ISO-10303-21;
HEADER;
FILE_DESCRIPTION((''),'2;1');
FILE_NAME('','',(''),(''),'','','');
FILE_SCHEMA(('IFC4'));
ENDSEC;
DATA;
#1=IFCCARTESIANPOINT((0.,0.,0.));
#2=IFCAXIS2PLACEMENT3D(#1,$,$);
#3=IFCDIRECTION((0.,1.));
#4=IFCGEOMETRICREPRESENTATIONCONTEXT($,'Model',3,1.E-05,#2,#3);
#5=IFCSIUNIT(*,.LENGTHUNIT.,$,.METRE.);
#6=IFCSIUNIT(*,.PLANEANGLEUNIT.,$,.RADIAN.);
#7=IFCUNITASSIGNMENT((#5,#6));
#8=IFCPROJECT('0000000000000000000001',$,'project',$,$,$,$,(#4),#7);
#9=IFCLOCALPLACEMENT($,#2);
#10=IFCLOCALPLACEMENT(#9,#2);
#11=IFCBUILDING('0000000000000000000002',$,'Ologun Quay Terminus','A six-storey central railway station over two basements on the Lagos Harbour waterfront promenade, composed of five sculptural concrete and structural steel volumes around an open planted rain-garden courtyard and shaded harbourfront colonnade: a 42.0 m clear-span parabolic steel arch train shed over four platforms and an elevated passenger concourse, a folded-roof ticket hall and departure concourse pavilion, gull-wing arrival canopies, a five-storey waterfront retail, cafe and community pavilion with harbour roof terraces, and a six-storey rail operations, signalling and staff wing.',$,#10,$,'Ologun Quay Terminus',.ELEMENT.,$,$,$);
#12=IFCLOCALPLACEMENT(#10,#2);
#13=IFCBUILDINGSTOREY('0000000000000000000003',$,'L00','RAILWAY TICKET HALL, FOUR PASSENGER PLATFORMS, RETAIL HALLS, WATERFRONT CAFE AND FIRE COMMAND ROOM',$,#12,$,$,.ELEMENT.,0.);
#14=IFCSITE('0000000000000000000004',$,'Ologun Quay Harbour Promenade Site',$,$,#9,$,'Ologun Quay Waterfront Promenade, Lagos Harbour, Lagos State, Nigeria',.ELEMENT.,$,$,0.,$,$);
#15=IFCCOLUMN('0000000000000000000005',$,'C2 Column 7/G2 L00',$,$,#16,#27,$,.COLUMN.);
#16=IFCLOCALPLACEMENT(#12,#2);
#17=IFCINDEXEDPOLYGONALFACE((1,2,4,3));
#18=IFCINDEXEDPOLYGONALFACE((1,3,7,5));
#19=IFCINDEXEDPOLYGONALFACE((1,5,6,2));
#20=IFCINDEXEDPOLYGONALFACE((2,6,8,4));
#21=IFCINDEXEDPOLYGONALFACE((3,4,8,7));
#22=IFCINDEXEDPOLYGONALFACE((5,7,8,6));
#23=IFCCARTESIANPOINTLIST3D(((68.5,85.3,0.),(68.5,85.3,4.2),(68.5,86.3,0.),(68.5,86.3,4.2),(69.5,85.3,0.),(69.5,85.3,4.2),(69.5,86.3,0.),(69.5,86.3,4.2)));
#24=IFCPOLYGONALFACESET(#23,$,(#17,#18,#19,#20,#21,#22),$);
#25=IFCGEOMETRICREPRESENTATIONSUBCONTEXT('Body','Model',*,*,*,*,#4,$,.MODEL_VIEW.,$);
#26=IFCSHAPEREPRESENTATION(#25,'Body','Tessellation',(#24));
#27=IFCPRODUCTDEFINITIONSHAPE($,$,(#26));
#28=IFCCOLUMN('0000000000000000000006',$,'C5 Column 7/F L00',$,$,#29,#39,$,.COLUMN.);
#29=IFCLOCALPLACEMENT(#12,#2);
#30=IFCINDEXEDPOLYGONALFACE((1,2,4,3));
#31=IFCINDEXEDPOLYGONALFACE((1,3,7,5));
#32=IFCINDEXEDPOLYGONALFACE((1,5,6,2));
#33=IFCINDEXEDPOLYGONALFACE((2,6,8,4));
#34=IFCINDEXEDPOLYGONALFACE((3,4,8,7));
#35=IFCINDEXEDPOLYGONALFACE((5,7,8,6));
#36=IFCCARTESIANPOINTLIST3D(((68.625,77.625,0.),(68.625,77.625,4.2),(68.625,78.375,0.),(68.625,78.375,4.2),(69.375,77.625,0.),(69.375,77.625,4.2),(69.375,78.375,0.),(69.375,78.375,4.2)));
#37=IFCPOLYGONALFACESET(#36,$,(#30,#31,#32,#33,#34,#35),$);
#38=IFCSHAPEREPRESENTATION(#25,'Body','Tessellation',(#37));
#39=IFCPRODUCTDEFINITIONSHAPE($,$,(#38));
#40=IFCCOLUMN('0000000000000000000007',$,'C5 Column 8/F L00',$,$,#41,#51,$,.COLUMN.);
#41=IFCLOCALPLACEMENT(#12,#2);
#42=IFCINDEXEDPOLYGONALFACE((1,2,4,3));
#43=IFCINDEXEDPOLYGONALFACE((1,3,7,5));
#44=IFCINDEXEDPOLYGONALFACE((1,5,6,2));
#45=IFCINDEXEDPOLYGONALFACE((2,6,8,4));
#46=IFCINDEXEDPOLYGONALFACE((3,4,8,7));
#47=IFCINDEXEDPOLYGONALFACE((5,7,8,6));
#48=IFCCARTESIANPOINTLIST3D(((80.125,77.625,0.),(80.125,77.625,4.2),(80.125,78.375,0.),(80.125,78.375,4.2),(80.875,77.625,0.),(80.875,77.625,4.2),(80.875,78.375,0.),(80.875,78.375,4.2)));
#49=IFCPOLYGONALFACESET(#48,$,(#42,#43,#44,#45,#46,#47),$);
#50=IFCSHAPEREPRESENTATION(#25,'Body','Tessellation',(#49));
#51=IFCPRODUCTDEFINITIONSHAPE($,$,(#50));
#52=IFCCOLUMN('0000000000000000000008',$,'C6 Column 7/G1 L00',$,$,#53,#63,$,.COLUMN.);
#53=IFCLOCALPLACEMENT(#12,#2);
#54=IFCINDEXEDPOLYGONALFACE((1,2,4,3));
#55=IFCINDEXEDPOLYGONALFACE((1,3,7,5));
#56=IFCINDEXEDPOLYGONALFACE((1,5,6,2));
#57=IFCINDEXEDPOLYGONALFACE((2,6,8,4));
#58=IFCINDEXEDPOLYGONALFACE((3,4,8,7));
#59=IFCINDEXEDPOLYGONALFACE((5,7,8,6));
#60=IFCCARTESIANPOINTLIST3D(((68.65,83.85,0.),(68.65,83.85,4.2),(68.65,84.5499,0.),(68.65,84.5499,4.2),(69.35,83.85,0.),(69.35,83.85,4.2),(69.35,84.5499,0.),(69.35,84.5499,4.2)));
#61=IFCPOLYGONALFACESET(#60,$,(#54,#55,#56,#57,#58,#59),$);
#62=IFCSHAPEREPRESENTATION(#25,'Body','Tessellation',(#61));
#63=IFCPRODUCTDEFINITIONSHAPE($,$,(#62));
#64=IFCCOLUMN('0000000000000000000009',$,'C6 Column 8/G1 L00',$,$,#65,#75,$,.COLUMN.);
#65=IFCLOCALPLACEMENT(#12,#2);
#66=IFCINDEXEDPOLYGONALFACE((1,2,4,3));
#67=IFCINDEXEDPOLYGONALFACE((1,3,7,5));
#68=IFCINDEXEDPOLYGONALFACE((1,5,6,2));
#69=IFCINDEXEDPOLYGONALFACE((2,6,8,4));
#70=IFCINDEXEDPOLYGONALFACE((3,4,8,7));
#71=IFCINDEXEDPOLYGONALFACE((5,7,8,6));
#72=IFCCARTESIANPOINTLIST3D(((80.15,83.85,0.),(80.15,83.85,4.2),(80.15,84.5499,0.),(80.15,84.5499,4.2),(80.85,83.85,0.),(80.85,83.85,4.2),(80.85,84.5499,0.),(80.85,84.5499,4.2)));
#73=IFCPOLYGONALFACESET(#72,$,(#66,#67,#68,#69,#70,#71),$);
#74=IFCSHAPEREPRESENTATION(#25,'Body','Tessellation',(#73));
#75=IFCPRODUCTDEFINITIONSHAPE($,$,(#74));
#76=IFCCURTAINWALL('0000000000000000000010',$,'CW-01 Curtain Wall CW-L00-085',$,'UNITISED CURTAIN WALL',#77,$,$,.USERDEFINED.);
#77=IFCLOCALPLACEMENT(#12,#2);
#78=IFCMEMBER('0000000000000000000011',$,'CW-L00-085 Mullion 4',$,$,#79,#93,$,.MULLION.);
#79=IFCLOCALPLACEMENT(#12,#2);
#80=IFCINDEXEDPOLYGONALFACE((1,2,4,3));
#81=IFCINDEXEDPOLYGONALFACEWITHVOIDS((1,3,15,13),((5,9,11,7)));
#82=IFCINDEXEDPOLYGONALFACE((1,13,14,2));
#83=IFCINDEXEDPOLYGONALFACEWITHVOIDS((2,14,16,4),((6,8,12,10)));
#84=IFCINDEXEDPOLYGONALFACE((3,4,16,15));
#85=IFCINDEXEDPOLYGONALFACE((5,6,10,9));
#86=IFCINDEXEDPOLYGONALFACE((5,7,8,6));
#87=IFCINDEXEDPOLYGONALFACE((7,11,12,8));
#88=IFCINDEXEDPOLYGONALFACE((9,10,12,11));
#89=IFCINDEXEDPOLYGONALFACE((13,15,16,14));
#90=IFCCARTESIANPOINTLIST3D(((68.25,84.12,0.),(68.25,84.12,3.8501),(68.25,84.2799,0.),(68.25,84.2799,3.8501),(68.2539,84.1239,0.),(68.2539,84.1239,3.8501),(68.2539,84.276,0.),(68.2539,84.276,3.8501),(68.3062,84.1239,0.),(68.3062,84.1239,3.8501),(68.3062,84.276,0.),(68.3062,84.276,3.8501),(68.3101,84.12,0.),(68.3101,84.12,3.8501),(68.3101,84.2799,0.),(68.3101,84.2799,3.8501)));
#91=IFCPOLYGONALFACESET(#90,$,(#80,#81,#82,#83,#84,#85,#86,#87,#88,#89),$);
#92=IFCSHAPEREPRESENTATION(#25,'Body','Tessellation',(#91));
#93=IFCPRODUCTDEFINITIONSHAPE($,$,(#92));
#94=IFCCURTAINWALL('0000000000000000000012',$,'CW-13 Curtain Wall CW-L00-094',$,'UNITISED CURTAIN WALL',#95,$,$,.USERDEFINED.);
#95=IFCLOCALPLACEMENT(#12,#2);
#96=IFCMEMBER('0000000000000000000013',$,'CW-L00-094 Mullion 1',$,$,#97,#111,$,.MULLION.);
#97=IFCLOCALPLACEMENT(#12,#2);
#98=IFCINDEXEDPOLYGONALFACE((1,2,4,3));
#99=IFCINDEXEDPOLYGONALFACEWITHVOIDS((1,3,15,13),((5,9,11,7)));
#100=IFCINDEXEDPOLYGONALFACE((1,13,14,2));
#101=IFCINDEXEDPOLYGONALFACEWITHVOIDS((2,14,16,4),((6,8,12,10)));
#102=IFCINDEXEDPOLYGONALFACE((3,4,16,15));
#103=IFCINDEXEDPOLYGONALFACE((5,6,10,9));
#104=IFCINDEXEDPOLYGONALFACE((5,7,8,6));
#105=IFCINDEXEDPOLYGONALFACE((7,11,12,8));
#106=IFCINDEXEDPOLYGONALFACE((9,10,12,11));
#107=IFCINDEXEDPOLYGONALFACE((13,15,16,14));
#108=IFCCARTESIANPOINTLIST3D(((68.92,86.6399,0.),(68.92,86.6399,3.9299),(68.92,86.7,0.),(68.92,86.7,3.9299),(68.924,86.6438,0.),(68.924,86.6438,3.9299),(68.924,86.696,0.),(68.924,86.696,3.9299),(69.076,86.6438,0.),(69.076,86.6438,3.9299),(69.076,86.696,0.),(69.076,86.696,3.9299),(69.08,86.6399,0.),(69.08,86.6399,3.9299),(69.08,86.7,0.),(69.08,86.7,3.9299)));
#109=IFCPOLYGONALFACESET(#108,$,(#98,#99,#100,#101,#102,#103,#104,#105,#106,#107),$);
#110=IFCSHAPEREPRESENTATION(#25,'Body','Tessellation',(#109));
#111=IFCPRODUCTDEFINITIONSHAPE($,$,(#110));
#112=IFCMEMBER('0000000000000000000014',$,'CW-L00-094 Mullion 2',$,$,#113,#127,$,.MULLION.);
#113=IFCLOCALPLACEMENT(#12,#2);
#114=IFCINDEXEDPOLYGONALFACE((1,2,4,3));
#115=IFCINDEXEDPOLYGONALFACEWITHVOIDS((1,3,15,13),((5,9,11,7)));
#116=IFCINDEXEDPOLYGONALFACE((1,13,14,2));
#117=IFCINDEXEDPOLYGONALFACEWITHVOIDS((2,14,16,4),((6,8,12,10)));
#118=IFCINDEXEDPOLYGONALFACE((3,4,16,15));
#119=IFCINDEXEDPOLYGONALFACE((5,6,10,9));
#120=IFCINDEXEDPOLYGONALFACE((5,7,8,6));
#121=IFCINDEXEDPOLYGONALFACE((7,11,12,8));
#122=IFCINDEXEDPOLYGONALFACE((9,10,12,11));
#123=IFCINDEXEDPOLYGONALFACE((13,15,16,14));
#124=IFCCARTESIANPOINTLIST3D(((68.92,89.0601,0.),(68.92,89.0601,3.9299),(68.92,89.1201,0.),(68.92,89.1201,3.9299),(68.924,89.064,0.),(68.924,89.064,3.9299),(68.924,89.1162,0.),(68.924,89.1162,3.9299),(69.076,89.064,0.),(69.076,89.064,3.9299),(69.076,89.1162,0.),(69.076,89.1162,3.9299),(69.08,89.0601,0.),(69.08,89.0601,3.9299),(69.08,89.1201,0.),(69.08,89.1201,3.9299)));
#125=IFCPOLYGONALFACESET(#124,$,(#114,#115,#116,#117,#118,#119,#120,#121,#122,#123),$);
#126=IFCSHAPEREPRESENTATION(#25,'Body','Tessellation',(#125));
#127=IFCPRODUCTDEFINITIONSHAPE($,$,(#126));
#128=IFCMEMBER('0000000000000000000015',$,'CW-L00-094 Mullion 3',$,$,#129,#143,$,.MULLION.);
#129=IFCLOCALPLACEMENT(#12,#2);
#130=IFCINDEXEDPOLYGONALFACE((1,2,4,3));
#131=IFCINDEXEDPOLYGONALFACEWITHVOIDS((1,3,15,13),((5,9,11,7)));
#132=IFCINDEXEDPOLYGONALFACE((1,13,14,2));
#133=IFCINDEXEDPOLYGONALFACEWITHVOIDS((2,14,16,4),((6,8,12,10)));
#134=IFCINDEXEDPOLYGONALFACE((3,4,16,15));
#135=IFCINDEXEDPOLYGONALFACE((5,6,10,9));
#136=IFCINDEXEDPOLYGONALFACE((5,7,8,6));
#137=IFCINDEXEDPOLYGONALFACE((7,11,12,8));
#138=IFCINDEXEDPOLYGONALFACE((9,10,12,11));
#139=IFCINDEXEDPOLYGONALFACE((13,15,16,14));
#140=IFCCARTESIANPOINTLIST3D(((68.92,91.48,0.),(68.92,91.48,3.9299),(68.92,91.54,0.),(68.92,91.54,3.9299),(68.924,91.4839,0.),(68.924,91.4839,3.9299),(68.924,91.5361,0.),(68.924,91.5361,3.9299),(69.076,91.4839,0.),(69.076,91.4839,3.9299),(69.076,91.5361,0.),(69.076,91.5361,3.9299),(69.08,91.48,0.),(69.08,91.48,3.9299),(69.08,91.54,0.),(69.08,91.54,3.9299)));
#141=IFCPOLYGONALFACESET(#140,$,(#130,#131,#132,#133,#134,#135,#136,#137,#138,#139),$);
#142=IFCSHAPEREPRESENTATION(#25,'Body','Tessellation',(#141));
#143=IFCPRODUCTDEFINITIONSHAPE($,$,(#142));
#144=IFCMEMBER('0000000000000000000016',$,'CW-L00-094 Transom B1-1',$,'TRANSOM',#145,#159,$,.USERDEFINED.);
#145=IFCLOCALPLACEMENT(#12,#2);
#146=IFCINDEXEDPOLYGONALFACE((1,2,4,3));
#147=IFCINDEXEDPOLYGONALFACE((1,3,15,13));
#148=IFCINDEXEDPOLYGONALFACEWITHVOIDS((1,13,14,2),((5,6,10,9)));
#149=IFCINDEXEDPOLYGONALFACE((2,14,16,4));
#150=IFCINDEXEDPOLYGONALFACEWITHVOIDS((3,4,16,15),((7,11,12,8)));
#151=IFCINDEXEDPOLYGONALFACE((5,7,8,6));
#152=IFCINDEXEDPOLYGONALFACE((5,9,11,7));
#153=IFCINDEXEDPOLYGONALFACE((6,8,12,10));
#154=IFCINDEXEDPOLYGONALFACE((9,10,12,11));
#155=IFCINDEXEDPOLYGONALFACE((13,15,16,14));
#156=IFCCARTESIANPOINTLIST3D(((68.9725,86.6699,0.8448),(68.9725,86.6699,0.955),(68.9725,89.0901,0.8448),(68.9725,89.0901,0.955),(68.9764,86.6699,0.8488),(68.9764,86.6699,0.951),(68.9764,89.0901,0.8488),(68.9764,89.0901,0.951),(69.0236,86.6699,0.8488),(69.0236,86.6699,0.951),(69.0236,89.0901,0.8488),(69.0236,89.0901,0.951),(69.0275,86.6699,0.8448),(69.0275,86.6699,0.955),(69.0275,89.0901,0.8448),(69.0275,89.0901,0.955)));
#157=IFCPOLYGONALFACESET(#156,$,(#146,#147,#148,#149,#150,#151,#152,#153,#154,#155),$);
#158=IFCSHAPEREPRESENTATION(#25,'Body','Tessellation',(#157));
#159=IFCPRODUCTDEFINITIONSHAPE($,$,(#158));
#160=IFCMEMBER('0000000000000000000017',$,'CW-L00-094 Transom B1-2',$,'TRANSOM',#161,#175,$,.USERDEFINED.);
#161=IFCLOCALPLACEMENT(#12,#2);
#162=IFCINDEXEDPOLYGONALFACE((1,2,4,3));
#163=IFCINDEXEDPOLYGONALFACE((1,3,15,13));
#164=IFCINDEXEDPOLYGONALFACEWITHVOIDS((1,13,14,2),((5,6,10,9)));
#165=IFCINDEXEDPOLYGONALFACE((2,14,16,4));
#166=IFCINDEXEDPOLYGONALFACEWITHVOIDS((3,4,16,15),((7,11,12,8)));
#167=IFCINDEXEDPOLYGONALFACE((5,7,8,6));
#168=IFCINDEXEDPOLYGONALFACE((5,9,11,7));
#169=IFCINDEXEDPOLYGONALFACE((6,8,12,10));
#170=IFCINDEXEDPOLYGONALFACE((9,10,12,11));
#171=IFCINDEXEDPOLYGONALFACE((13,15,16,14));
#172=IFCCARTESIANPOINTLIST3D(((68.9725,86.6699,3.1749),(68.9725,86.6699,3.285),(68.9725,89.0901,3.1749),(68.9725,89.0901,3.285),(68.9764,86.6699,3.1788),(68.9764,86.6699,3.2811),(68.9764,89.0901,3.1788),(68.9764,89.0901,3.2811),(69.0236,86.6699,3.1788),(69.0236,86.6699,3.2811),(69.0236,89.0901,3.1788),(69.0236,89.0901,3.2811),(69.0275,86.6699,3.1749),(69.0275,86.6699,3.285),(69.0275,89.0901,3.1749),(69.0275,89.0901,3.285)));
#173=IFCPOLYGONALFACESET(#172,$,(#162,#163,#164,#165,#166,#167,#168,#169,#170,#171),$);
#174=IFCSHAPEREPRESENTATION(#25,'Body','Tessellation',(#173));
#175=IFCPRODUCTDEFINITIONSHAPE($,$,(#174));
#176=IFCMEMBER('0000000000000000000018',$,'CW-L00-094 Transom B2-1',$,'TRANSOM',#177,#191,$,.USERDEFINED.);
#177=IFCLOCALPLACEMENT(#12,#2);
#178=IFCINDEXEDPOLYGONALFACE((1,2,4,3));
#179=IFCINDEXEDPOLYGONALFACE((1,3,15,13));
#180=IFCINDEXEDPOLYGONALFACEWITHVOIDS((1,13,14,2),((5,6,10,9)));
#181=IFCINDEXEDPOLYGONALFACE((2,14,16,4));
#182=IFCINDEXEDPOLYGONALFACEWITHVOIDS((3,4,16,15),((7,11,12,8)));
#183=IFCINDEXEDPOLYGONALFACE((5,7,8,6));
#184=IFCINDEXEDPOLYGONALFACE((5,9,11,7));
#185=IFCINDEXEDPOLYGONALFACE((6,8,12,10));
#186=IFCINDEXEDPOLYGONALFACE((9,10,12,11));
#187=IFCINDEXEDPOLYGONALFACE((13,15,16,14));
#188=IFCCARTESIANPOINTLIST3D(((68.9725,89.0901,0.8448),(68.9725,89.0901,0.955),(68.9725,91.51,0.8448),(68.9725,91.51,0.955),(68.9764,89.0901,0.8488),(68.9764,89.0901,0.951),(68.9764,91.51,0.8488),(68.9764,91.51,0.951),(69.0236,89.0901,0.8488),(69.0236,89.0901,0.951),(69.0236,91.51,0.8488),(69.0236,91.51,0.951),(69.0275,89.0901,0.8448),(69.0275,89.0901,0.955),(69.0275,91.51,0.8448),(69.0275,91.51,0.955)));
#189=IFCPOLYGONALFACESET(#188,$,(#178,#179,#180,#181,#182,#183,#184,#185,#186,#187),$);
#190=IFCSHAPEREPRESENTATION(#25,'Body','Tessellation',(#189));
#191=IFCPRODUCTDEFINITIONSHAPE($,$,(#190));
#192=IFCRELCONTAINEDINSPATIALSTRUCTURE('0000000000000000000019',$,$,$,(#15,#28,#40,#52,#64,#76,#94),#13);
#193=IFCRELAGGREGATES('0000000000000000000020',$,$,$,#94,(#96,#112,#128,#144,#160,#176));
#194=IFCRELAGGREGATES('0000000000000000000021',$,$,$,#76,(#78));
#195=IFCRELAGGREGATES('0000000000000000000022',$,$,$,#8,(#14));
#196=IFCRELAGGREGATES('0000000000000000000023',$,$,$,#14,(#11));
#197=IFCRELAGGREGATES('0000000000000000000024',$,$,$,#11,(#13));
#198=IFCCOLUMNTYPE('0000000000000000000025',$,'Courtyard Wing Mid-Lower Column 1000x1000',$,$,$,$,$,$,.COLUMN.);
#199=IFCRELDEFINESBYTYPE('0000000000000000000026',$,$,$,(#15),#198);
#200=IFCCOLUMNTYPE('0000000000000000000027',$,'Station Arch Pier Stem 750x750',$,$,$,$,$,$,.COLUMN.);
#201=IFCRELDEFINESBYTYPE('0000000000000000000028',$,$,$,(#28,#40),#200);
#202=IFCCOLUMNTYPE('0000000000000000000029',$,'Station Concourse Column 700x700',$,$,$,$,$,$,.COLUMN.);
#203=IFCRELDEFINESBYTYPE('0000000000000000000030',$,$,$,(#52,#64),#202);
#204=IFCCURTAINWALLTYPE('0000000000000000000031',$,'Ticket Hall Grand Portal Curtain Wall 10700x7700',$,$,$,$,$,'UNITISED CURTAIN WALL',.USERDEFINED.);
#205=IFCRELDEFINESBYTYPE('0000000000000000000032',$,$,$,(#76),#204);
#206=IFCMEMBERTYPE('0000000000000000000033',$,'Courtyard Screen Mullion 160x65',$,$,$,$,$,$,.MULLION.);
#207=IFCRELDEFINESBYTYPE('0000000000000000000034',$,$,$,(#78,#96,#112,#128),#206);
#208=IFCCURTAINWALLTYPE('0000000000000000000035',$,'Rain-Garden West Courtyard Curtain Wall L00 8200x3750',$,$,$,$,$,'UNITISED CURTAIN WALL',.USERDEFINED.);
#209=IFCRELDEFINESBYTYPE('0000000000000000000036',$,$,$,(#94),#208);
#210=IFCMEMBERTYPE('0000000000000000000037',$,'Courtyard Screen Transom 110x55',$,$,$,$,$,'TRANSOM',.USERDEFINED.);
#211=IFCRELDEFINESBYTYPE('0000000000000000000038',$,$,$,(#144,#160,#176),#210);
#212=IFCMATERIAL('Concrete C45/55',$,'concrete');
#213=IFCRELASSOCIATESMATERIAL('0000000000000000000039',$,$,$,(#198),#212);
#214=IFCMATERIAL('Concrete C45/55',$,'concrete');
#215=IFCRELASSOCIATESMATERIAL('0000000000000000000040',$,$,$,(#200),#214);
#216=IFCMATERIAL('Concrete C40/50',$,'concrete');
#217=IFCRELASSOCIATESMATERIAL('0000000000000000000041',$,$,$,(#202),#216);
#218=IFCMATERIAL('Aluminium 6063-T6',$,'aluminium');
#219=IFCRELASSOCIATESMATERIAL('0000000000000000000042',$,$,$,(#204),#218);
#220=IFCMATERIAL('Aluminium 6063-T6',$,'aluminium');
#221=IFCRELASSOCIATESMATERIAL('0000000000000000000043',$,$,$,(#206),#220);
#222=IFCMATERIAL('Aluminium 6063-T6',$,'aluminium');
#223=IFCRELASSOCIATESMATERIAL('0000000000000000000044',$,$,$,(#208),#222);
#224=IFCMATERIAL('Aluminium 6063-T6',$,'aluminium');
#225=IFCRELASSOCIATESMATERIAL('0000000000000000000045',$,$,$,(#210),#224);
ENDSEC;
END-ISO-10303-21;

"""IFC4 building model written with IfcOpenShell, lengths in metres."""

from ifc_helpers import new_model, si_unit, direction, frame, origin, origin_2d, place, context, subcontext, project, spatial, rectangle, hollow_rectangle, extrude, material, material_profile, profile_set, type_object, element, aggregate, save


model = new_model("IFC4")

# Units and contexts
model_context = context("Model", 3, precision=1e-05, world=origin(), true_north=direction((0.0, 1.0)))
body_context = subcontext(model_context, "Body", "Model", "MODEL_VIEW")
ifc_project = project(units=[si_unit("LENGTHUNIT", "METRE"), si_unit("PLANEANGLEUNIT", "RADIAN")], contexts=[model_context])

# Site, building, storey
site_placement = place(None, origin())
site = spatial("IfcSite", under=ifc_project, at=site_placement, Name="Ologun Quay Harbour Promenade Site", LongName="Ologun Quay Waterfront Promenade, Lagos Harbour, Lagos State, Nigeria", CompositionType="ELEMENT", RefElevation=0.0)
building_placement = place(site_placement, origin())
building = spatial("IfcBuilding", under=site, at=building_placement, Name="Ologun Quay Terminus", Description="A six-storey central railway station over two basements on the Lagos Harbour waterfront promenade, composed of five sculptural concrete and structural steel volumes around an open planted rain-garden courtyard and shaded harbourfront colonnade: a 42.0 m clear-span parabolic steel arch train shed over four platforms and an elevated passenger concourse, a folded-roof ticket hall and departure concourse pavilion, gull-wing arrival canopies, a five-storey waterfront retail, cafe and community pavilion with harbour roof terraces, and a six-storey rail operations, signalling and staff wing.", LongName="Ologun Quay Terminus", CompositionType="ELEMENT")
storey_placement = place(building_placement, origin())
storey = spatial("IfcBuildingStorey", under=building, at=storey_placement, Name="L00", Description="RAILWAY TICKET HALL, FOUR PASSENGER PLATFORMS, RETAIL HALLS, WATERFRONT CAFE AND FIRE COMMAND ROOM", CompositionType="ELEMENT", Elevation=0.0)

# Columns
ifc_material_1 = material(Name="Concrete C45/55", Category="concrete")
ifc_material_profile_1 = material_profile(ifc_material_1, rectangle(XDim=1.0, YDim=1.0, at=origin_2d()), Name="RC 1000x1000")
ifc_profile_set_1 = profile_set([ifc_material_profile_1], Name="Concrete C45/55")
column_type_1 = type_object("IfcColumnType", Name="Courtyard Wing Mid-Lower Column 1000x1000", PredefinedType="COLUMN", material=ifc_profile_set_1)
column_placement = place(storey_placement, frame((69.0, 85.8, 0.0), z_axis=(0.0, 0.0, 1.0), x_axis=(1.0, 0.0, 0.0)))
element("IfcColumn", 1, at=column_placement, inside=storey, type_object=column_type_1, Name="C2 Column 7/G2 L00", PredefinedType="COLUMN", context=body_context, shape_type="SweptSolid", body=[
    extrude(rectangle(XDim=1.0, YDim=1.0, at=origin_2d()), origin(), (0.0, 0.0, 1.0), 4.2),
])
ifc_material_2 = material(Name="Concrete C45/55", Category="concrete")
ifc_material_profile_2 = material_profile(ifc_material_2, rectangle(XDim=0.75, YDim=0.75, at=origin_2d()), Name="RC 750x750")
ifc_profile_set_2 = profile_set([ifc_material_profile_2], Name="Concrete C45/55")
column_type_2 = type_object("IfcColumnType", Name="Station Arch Pier Stem 750x750", PredefinedType="COLUMN", material=ifc_profile_set_2)
for number, where, z_axis, x_axis, name in (
    (2, (69.0, 78.0, 0.0), (0.0, 0.0, 1.0), (1.0, 0.0, 0.0), "C5 Column 7/F L00"),
    (3, (80.5, 78.0, 0.0), (0.0, 0.0, 1.0), (1.0, 0.0, 0.0), "C5 Column 8/F L00"),
):
    element("IfcColumn", number, at=place(storey_placement, frame(where, z_axis=z_axis, x_axis=x_axis)), inside=storey, type_object=column_type_2, Name=name, PredefinedType="COLUMN", context=body_context, shape_type="SweptSolid", body=[
        extrude(rectangle(XDim=0.75, YDim=0.75, at=origin_2d()), origin(), (0.0, 0.0, 1.0), 4.2),
    ])
ifc_material_3 = material(Name="Concrete C40/50", Category="concrete")
ifc_material_profile_3 = material_profile(ifc_material_3, rectangle(XDim=0.7, YDim=0.7, at=origin_2d()), Name="RC 700x700")
ifc_profile_set_3 = profile_set([ifc_material_profile_3], Name="Concrete C40/50")
column_type_3 = type_object("IfcColumnType", Name="Station Concourse Column 700x700", PredefinedType="COLUMN", material=ifc_profile_set_3)
for number, where, z_axis, x_axis, name in (
    (4, (69.0, 84.2, 0.0), (0.0, 0.0, 1.0), (1.0, 0.0, 0.0), "C6 Column 7/G1 L00"),
    (5, (80.5, 84.2, 0.0), (0.0, 0.0, 1.0), (1.0, 0.0, 0.0), "C6 Column 8/G1 L00"),
):
    element("IfcColumn", number, at=place(storey_placement, frame(where, z_axis=z_axis, x_axis=x_axis)), inside=storey, type_object=column_type_3, Name=name, PredefinedType="COLUMN", context=body_context, shape_type="SweptSolid", body=[
        extrude(rectangle(XDim=0.7, YDim=0.7, at=origin_2d()), origin(), (0.0, 0.0, 1.0), 4.2),
    ])

# Curtain wall, member
ifc_material_4 = material(Name="Aluminium 6063-T6", Category="aluminium")
curtain_wall_type_1 = type_object("IfcCurtainWallType", Name="Ticket Hall Grand Portal Curtain Wall 10700x7700", ElementType="UNITISED CURTAIN WALL", PredefinedType="USERDEFINED", material=ifc_material_4)
curtain_wall_1_placement = place(storey_placement, origin())
curtain_wall_1 = element("IfcCurtainWall", 6, at=curtain_wall_1_placement, inside=storey, type_object=curtain_wall_type_1, Name="CW-01 Curtain Wall CW-L00-085", ObjectType="UNITISED CURTAIN WALL", PredefinedType="USERDEFINED")
ifc_material_5 = material(Name="Aluminium 6063-T6", Category="aluminium")
ifc_material_profile_4 = material_profile(ifc_material_5, hollow_rectangle(XDim=0.0601, YDim=0.1599, WallThickness=0.0039, at=origin_2d()), Name="ALU 160x60x4")
ifc_profile_set_4 = profile_set([ifc_material_profile_4], Name="Aluminium 6063-T6")
member_type_1 = type_object("IfcMemberType", Name="Courtyard Screen Mullion 160x65", PredefinedType="MULLION", material=ifc_profile_set_4)
member_1_placement = place(storey_placement, frame((68.28, 84.2, 0.0), z_axis=(0.0, 0.0, 1.0), x_axis=(1.0, 0.0, 0.0)))
member_1 = element("IfcMember", 7, at=member_1_placement, type_object=member_type_1, Name="CW-L00-085 Mullion 4", PredefinedType="MULLION", context=body_context, shape_type="SweptSolid", body=[
    extrude(hollow_rectangle(XDim=0.0601, YDim=0.1599, WallThickness=0.0039, at=origin_2d()), origin(), (0.0, 0.0, 1.0), 3.8501),
])

# Curtain wall, members
ifc_material_6 = material(Name="Aluminium 6063-T6", Category="aluminium")
curtain_wall_type_2 = type_object("IfcCurtainWallType", Name="Rain-Garden West Courtyard Curtain Wall L00 8200x3750", ElementType="UNITISED CURTAIN WALL", PredefinedType="USERDEFINED", material=ifc_material_6)
curtain_wall_2_placement = place(storey_placement, origin())
curtain_wall_2 = element("IfcCurtainWall", 8, at=curtain_wall_2_placement, inside=storey, type_object=curtain_wall_type_2, Name="CW-13 Curtain Wall CW-L00-094", ObjectType="UNITISED CURTAIN WALL", PredefinedType="USERDEFINED")
member_2_placement = place(storey_placement, frame((69.0, 86.6699, 0.0), z_axis=(0.0, 0.0, 1.0), x_axis=(0.0, 1.0, 0.0)))
member_2 = element("IfcMember", 9, at=member_2_placement, type_object=member_type_1, Name="CW-L00-094 Mullion 1", PredefinedType="MULLION", context=body_context, shape_type="SweptSolid", body=[
    extrude(hollow_rectangle(XDim=0.0601, YDim=0.1599, WallThickness=0.0039, at=origin_2d()), origin(), (0.0, 0.0, 1.0), 3.9299),
])
member_3_placement = place(storey_placement, frame((69.0, 89.0901, 0.0), z_axis=(0.0, 0.0, 1.0), x_axis=(0.0, 1.0, 0.0)))
member_3 = element("IfcMember", 10, at=member_3_placement, type_object=member_type_1, Name="CW-L00-094 Mullion 2", PredefinedType="MULLION", context=body_context, shape_type="SweptSolid", body=[
    extrude(hollow_rectangle(XDim=0.0601, YDim=0.1599, WallThickness=0.0039, at=origin_2d()), origin(), (0.0, 0.0, 1.0), 3.9299),
])
member_4_placement = place(storey_placement, frame((69.0, 91.51, 0.0), z_axis=(0.0, 0.0, 1.0), x_axis=(0.0, 1.0, 0.0)))
member_4 = element("IfcMember", 11, at=member_4_placement, type_object=member_type_1, Name="CW-L00-094 Mullion 3", PredefinedType="MULLION", context=body_context, shape_type="SweptSolid", body=[
    extrude(hollow_rectangle(XDim=0.0601, YDim=0.1599, WallThickness=0.0039, at=origin_2d()), origin(), (0.0, 0.0, 1.0), 3.9299),
])
ifc_material_7 = material(Name="Aluminium 6063-T6", Category="aluminium")
ifc_material_profile_5 = material_profile(ifc_material_7, hollow_rectangle(XDim=0.0549, YDim=0.1101, WallThickness=0.0039, at=origin_2d()), Name="ALU 110x55x4")
ifc_profile_set_5 = profile_set([ifc_material_profile_5], Name="Aluminium 6063-T6")
member_type_2 = type_object("IfcMemberType", Name="Courtyard Screen Transom 110x55", ElementType="TRANSOM", PredefinedType="USERDEFINED", material=ifc_profile_set_5)
member_5_placement = place(storey_placement, frame((69.0, 86.6699, 0.8999), z_axis=(0.0, 1.0, 0.0), x_axis=(-1.0, 0.0, 0.0)))
member_5 = element("IfcMember", 12, at=member_5_placement, type_object=member_type_2, Name="CW-L00-094 Transom B1-1", ObjectType="TRANSOM", PredefinedType="USERDEFINED", context=body_context, shape_type="SweptSolid", body=[
    extrude(hollow_rectangle(XDim=0.0549, YDim=0.1101, WallThickness=0.0039, at=origin_2d()), origin(), (0.0, 0.0, 1.0), 2.4202),
])
member_6_placement = place(storey_placement, frame((69.0, 86.6699, 3.23), z_axis=(0.0, 1.0, 0.0), x_axis=(-1.0, 0.0, 0.0)))
member_6 = element("IfcMember", 13, at=member_6_placement, type_object=member_type_2, Name="CW-L00-094 Transom B1-2", ObjectType="TRANSOM", PredefinedType="USERDEFINED", context=body_context, shape_type="SweptSolid", body=[
    extrude(hollow_rectangle(XDim=0.0549, YDim=0.1101, WallThickness=0.0039, at=origin_2d()), origin(), (0.0, 0.0, 1.0), 2.4202),
])
member_7_placement = place(storey_placement, frame((69.0, 89.0901, 0.8999), z_axis=(0.0, 1.0, 0.0), x_axis=(-1.0, 0.0, 0.0)))
member_7 = element("IfcMember", 14, at=member_7_placement, type_object=member_type_2, Name="CW-L00-094 Transom B2-1", ObjectType="TRANSOM", PredefinedType="USERDEFINED", context=body_context, shape_type="SweptSolid", body=[
    extrude(hollow_rectangle(XDim=0.0549, YDim=0.1101, WallThickness=0.0039, at=origin_2d()), origin(), (0.0, 0.0, 1.0), 2.4199),
])

aggregate(curtain_wall_2, [member_2, member_3, member_4, member_5, member_6, member_7])
aggregate(curtain_wall_1, [member_1])

save(model, "model.ifc")
